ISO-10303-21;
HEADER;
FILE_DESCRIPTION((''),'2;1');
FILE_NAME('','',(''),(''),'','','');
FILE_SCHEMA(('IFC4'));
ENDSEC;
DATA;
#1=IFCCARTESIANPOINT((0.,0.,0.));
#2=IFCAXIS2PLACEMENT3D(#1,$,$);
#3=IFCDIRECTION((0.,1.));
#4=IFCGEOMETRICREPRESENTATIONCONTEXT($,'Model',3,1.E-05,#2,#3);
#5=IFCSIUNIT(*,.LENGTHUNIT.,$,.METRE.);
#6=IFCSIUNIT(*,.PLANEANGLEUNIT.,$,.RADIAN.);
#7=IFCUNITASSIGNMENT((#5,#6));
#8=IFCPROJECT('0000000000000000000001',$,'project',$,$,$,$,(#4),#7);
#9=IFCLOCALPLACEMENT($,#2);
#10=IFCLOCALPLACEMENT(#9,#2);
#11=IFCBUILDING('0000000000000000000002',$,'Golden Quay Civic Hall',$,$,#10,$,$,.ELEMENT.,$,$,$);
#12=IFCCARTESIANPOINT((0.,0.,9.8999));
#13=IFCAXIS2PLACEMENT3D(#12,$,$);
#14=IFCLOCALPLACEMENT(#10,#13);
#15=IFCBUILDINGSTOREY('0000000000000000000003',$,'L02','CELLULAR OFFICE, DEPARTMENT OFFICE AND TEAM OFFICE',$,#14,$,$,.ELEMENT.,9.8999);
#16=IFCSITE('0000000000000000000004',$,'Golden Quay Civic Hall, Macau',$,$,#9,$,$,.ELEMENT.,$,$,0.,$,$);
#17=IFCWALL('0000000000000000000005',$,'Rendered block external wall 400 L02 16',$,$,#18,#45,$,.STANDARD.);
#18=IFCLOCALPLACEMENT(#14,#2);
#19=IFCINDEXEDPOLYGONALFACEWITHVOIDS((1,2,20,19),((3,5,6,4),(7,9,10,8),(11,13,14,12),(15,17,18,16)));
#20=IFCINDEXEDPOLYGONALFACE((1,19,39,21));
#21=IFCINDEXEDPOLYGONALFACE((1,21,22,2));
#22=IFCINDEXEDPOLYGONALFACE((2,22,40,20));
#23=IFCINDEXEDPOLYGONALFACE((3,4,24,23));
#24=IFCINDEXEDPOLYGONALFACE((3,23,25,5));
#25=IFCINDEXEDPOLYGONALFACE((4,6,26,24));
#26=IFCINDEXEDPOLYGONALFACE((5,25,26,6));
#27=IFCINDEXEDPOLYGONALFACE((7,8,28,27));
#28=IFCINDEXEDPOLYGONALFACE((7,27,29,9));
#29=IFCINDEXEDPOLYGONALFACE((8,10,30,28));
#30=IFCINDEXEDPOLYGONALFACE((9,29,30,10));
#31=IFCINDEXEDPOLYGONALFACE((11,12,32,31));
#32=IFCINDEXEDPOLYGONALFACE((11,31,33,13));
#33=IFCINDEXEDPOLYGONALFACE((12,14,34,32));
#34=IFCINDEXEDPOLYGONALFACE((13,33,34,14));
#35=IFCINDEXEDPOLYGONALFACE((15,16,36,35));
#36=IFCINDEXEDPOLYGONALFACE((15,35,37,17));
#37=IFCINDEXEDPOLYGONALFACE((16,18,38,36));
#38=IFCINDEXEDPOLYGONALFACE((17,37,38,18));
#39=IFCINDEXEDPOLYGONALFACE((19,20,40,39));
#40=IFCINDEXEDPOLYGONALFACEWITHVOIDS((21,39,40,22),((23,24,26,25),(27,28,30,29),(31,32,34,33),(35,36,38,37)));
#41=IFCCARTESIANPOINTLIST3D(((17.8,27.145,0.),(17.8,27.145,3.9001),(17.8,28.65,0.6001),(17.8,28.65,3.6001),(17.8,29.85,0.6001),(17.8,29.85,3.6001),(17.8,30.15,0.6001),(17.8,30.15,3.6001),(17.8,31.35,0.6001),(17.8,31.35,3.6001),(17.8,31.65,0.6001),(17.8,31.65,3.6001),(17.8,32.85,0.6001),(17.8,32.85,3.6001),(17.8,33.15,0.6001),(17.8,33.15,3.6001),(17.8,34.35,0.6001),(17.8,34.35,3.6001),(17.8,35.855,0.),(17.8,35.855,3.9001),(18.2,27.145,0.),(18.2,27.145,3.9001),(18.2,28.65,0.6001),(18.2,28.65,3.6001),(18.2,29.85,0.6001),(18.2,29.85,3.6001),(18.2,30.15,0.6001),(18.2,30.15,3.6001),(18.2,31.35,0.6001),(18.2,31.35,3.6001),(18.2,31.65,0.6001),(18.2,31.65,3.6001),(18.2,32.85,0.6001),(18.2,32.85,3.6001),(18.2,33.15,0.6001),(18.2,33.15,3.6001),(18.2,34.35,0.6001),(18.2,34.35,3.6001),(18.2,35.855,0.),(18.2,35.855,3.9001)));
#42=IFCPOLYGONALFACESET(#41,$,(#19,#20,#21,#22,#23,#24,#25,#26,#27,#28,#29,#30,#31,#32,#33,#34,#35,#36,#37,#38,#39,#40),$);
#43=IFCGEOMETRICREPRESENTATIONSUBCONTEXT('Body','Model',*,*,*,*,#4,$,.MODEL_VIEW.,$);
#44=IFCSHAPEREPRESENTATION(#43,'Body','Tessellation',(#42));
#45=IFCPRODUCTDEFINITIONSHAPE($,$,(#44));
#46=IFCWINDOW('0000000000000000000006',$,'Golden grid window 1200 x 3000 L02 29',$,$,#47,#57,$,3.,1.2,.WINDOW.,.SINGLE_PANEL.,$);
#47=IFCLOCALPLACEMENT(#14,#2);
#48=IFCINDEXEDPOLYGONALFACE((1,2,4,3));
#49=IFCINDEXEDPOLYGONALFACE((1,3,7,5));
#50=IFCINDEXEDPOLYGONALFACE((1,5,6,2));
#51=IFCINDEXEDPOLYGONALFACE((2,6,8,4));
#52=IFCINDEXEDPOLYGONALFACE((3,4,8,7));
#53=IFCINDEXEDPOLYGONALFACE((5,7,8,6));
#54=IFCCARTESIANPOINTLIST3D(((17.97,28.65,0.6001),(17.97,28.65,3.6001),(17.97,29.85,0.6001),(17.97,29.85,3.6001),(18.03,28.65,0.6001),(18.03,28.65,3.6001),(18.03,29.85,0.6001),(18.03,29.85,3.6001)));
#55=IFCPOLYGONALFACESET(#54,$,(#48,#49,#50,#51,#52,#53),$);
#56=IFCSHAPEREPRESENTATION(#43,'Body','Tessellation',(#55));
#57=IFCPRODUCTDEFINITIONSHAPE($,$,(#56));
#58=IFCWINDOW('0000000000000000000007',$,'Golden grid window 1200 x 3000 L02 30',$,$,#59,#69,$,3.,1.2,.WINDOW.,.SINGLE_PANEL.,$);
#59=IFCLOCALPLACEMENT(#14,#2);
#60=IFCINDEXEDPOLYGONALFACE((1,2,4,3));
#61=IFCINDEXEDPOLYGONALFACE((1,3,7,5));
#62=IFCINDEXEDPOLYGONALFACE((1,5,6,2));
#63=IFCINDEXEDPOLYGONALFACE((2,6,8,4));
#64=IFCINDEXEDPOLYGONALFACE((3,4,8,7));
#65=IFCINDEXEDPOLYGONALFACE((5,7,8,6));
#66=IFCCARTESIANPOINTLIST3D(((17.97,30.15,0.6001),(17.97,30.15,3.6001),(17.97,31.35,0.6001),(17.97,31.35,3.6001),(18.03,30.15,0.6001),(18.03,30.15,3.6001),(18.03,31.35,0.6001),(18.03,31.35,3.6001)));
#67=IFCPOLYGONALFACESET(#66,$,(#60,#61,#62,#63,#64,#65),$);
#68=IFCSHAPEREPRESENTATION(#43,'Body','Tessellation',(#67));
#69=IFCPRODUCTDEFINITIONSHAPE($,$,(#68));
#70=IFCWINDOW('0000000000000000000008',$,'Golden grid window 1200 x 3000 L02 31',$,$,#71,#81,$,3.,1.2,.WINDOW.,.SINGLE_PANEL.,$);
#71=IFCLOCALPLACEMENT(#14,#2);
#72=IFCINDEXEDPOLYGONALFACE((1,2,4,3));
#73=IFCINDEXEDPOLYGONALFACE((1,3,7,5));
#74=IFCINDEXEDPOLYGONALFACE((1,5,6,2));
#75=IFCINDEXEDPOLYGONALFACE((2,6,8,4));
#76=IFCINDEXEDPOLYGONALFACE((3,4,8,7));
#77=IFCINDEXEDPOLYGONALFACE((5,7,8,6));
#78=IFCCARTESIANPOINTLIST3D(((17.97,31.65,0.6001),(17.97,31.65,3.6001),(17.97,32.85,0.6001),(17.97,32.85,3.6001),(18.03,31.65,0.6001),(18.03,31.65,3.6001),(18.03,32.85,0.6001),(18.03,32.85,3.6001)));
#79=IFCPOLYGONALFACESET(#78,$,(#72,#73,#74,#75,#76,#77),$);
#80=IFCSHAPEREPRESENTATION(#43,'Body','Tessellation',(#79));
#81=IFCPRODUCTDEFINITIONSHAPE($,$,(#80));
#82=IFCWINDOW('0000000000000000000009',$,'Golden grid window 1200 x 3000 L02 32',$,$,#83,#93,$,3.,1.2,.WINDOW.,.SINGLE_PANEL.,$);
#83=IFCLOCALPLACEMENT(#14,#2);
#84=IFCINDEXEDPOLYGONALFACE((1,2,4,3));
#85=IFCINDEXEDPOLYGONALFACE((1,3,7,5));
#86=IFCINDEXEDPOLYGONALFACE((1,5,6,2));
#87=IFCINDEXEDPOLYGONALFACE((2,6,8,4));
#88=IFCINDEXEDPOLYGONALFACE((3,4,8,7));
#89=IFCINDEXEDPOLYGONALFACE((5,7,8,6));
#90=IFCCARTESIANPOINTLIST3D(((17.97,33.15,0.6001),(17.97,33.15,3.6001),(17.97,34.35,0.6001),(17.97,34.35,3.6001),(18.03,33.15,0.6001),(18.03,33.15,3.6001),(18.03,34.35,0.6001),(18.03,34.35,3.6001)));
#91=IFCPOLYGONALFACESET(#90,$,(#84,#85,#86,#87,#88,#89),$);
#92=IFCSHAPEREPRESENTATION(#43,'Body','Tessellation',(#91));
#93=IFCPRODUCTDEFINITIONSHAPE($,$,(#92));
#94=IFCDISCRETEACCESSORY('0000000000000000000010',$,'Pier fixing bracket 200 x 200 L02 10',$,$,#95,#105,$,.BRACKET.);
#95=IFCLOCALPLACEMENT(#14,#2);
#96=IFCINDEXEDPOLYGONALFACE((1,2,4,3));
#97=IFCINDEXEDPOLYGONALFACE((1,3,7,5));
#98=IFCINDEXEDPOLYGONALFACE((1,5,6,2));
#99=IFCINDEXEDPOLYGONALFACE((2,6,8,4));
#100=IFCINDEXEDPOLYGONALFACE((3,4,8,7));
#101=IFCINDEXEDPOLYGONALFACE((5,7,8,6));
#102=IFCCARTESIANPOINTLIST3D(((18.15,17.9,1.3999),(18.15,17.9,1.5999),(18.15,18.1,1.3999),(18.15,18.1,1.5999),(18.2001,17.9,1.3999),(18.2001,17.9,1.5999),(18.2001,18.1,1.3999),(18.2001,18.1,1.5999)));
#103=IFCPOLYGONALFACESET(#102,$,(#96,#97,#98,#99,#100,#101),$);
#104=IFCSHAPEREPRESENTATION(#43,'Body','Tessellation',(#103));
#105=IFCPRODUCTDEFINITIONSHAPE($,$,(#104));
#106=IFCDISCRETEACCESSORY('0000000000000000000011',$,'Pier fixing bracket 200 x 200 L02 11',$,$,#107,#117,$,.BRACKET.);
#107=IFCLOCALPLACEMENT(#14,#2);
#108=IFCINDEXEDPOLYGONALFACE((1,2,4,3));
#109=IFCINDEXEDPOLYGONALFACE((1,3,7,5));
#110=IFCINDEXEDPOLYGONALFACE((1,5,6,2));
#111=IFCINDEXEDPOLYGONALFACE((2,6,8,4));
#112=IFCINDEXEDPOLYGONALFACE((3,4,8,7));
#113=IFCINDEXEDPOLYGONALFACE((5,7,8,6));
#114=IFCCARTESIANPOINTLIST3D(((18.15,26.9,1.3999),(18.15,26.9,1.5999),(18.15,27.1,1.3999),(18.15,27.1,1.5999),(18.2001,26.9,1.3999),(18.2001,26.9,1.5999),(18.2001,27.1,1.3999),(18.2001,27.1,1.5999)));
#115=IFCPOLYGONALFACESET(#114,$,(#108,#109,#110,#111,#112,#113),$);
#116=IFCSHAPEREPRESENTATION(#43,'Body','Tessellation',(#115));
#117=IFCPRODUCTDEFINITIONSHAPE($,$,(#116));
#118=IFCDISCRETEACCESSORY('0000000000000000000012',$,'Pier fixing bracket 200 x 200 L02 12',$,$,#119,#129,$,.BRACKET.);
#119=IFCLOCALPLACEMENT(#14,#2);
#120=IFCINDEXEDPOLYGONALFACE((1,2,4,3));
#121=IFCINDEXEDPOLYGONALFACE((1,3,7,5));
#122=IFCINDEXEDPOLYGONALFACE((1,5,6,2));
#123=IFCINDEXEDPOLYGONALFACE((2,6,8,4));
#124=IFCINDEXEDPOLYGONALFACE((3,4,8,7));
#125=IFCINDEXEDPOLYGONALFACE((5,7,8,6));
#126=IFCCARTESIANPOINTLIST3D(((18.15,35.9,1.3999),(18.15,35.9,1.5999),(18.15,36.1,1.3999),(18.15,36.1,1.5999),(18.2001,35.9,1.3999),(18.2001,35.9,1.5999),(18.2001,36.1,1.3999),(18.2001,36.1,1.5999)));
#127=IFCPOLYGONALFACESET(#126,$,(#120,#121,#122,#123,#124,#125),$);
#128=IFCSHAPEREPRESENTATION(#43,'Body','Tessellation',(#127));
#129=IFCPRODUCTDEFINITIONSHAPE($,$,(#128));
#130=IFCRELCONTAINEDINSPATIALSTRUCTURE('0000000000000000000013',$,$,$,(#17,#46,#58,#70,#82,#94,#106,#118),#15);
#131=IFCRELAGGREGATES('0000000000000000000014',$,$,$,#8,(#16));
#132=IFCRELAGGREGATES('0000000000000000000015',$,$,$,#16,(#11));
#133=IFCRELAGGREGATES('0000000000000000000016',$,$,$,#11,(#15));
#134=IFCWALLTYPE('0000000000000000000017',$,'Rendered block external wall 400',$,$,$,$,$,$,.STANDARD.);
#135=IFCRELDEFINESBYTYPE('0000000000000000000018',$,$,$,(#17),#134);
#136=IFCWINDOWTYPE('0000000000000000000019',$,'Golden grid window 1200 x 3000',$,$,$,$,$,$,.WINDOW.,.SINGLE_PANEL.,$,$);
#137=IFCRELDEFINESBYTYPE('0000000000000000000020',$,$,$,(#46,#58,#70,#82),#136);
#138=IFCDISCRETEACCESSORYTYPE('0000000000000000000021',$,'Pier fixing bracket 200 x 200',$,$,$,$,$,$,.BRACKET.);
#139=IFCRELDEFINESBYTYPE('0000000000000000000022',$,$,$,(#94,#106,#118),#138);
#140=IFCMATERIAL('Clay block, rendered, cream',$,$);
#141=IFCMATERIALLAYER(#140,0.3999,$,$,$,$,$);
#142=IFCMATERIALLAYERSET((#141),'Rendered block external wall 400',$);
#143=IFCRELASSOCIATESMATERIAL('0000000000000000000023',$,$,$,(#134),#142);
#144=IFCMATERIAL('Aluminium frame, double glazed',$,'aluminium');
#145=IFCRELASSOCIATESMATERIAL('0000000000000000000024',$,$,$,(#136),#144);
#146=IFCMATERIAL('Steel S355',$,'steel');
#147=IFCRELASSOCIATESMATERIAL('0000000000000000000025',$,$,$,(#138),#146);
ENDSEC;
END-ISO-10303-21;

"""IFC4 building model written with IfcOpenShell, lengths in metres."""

from ifc_helpers import new_model, si_unit, direction, frame, frame_2d, origin, origin_2d, place, context, subcontext, project, spatial, rectangle, extrude, material, layer, layer_set, type_object, element, fill, save


model = new_model("IFC4")

# Units and contexts
model_context = context("Model", 3, precision=1e-05, world=origin(), true_north=direction((0.0, 1.0)))
body_context = subcontext(model_context, "Body", "Model", "MODEL_VIEW")
ifc_project = project(units=[si_unit("LENGTHUNIT", "METRE"), si_unit("PLANEANGLEUNIT", "RADIAN")], contexts=[model_context])

# Site, building, storey
site_placement = place(None, origin())
site = spatial("IfcSite", under=ifc_project, at=site_placement, Name="Golden Quay Civic Hall, Macau", CompositionType="ELEMENT", RefElevation=0.0)
building_placement = place(site_placement, origin())
building = spatial("IfcBuilding", under=site, at=building_placement, Name="Golden Quay Civic Hall", CompositionType="ELEMENT")
storey_placement = place(building_placement, frame((0.0, 0.0, 9.8999)))
storey = spatial("IfcBuildingStorey", under=building, at=storey_placement, Name="L02", Description="CELLULAR OFFICE, DEPARTMENT OFFICE AND TEAM OFFICE", CompositionType="ELEMENT", Elevation=9.8999)

# Wall, openings, windows
ifc_material_1 = material(Name="Clay block, rendered, cream")
ifc_layer_1 = layer(ifc_material_1, 0.3999)
ifc_layer_set_1 = layer_set([ifc_layer_1], Name="Rendered block external wall 400")
wall_type = type_object("IfcWallType", Name="Rendered block external wall 400", PredefinedType="STANDARD", material=ifc_layer_set_1)
ifc_material_2 = material(Name="Aluminium frame, double glazed", Category="aluminium")
window_type = type_object("IfcWindowType", Name="Golden grid window 1200 x 3000", PartitioningType="SINGLE_PANEL", PredefinedType="WINDOW", material=ifc_material_2)
wall_1_placement = place(storey_placement, frame((18.0, 35.855, 0.0), z_axis=(0.0, 0.0, 1.0), x_axis=(0.0, -1.0, 0.0)))
wall_1 = element("IfcWall", 1, at=wall_1_placement, inside=storey, type_object=wall_type, Name="Rendered block external wall 400 L02 16", PredefinedType="STANDARD", context=body_context, shape_type="SweptSolid", body=[
    extrude(rectangle(XDim=8.71, YDim=0.3999, at=frame_2d((4.355, 0.0))), origin(), (0.0, 0.0, 1.0), 3.9001),
])
opening_1_placement = place(wall_1_placement, frame((6.0049, 0.0, 0.6001)))
opening_1 = element("IfcOpeningElement", 2, at=opening_1_placement, cuts=wall_1, PredefinedType="OPENING", context=body_context, shape_type="SweptSolid", body=[
    extrude(rectangle(XDim=1.2, YDim=3.0, at=frame_2d((0.6001, 1.5))), frame((0.0, 0.21, 0.0), z_axis=(0.0, -1.0, 0.0), x_axis=(1.0, 0.0, 0.0)), (0.0, 0.0, 1.0), 0.4199),
])
opening_2_placement = place(wall_1_placement, frame((4.5049, 0.0, 0.6001)))
opening_2 = element("IfcOpeningElement", 3, at=opening_2_placement, cuts=wall_1, PredefinedType="OPENING", context=body_context, shape_type="SweptSolid", body=[
    extrude(rectangle(XDim=1.2, YDim=3.0, at=frame_2d((0.6001, 1.5))), frame((0.0, 0.21, 0.0), z_axis=(0.0, -1.0, 0.0), x_axis=(1.0, 0.0, 0.0)), (0.0, 0.0, 1.0), 0.4199),
])
opening_3_placement = place(wall_1_placement, frame((3.0049, 0.0, 0.6001)))
opening_3 = element("IfcOpeningElement", 4, at=opening_3_placement, cuts=wall_1, PredefinedType="OPENING", context=body_context, shape_type="SweptSolid", body=[
    extrude(rectangle(XDim=1.2, YDim=3.0, at=frame_2d((0.6001, 1.5))), frame((0.0, 0.21, 0.0), z_axis=(0.0, -1.0, 0.0), x_axis=(1.0, 0.0, 0.0)), (0.0, 0.0, 1.0), 0.4199),
])
opening_4_placement = place(wall_1_placement, frame((1.5049, 0.0, 0.6001)))
opening_4 = element("IfcOpeningElement", 5, at=opening_4_placement, cuts=wall_1, PredefinedType="OPENING", context=body_context, shape_type="SweptSolid", body=[
    extrude(rectangle(XDim=1.2, YDim=3.0, at=frame_2d((0.6001, 1.5))), frame((0.0, 0.21, 0.0), z_axis=(0.0, -1.0, 0.0), x_axis=(1.0, 0.0, 0.0)), (0.0, 0.0, 1.0), 0.4199),
])
window_1_placement = place(opening_1_placement, origin())
window_1 = element("IfcWindow", 6, at=window_1_placement, inside=storey, type_object=window_type, Name="Golden grid window 1200 x 3000 L02 29", OverallHeight=3.0, OverallWidth=1.2, PartitioningType="SINGLE_PANEL", PredefinedType="WINDOW", context=body_context, shape_type="SweptSolid", body=[
    extrude(rectangle(XDim=1.2, YDim=3.0, at=frame_2d((0.6001, 1.5))), frame((0.0, 0.03, 0.0), z_axis=(0.0, -1.0, 0.0), x_axis=(1.0, 0.0, 0.0)), (0.0, 0.0, 1.0), 0.0601),
])
fill(opening_1, window_1)
window_2_placement = place(opening_2_placement, origin())
window_2 = element("IfcWindow", 7, at=window_2_placement, inside=storey, type_object=window_type, Name="Golden grid window 1200 x 3000 L02 30", OverallHeight=3.0, OverallWidth=1.2, PartitioningType="SINGLE_PANEL", PredefinedType="WINDOW", context=body_context, shape_type="SweptSolid", body=[
    extrude(rectangle(XDim=1.2, YDim=3.0, at=frame_2d((0.6001, 1.5))), frame((0.0, 0.03, 0.0), z_axis=(0.0, -1.0, 0.0), x_axis=(1.0, 0.0, 0.0)), (0.0, 0.0, 1.0), 0.0601),
])
fill(opening_2, window_2)
window_3_placement = place(opening_3_placement, origin())
window_3 = element("IfcWindow", 8, at=window_3_placement, inside=storey, type_object=window_type, Name="Golden grid window 1200 x 3000 L02 31", OverallHeight=3.0, OverallWidth=1.2, PartitioningType="SINGLE_PANEL", PredefinedType="WINDOW", context=body_context, shape_type="SweptSolid", body=[
    extrude(rectangle(XDim=1.2, YDim=3.0, at=frame_2d((0.6001, 1.5))), frame((0.0, 0.03, 0.0), z_axis=(0.0, -1.0, 0.0), x_axis=(1.0, 0.0, 0.0)), (0.0, 0.0, 1.0), 0.0601),
])
fill(opening_3, window_3)
window_4_placement = place(opening_4_placement, origin())
window_4 = element("IfcWindow", 9, at=window_4_placement, inside=storey, type_object=window_type, Name="Golden grid window 1200 x 3000 L02 32", OverallHeight=3.0, OverallWidth=1.2, PartitioningType="SINGLE_PANEL", PredefinedType="WINDOW", context=body_context, shape_type="SweptSolid", body=[
    extrude(rectangle(XDim=1.2, YDim=3.0, at=frame_2d((0.6001, 1.5))), frame((0.0, 0.03, 0.0), z_axis=(0.0, -1.0, 0.0), x_axis=(1.0, 0.0, 0.0)), (0.0, 0.0, 1.0), 0.0601),
])
fill(opening_4, window_4)

# Discrete accessories
ifc_material_3 = material(Name="Steel S355", Category="steel")
discrete_accessory_type = type_object("IfcDiscreteAccessoryType", Name="Pier fixing bracket 200 x 200", PredefinedType="BRACKET", material=ifc_material_3)
for number, where, z_axis, x_axis, name in (
    (10, (18.175, 18.0, 1.3999), (0.0, 0.0, 1.0), (0.0, 1.0, 0.0), "Pier fixing bracket 200 x 200 L02 10"),
    (11, (18.175, 27.0, 1.3999), (0.0, 0.0, 1.0), (0.0, 1.0, 0.0), "Pier fixing bracket 200 x 200 L02 11"),
    (12, (18.175, 36.0, 1.3999), (0.0, 0.0, 1.0), (0.0, 1.0, 0.0), "Pier fixing bracket 200 x 200 L02 12"),
):
    element("IfcDiscreteAccessory", number, at=place(storey_placement, frame(where, z_axis=z_axis, x_axis=x_axis)), inside=storey, type_object=discrete_accessory_type, Name=name, PredefinedType="BRACKET", context=body_context, shape_type="SweptSolid", body=[
        extrude(rectangle(XDim=0.2, YDim=0.05, at=origin_2d()), origin(), (0.0, 0.0, 1.0), 0.2),
    ])

save(model, "model.ifc")
